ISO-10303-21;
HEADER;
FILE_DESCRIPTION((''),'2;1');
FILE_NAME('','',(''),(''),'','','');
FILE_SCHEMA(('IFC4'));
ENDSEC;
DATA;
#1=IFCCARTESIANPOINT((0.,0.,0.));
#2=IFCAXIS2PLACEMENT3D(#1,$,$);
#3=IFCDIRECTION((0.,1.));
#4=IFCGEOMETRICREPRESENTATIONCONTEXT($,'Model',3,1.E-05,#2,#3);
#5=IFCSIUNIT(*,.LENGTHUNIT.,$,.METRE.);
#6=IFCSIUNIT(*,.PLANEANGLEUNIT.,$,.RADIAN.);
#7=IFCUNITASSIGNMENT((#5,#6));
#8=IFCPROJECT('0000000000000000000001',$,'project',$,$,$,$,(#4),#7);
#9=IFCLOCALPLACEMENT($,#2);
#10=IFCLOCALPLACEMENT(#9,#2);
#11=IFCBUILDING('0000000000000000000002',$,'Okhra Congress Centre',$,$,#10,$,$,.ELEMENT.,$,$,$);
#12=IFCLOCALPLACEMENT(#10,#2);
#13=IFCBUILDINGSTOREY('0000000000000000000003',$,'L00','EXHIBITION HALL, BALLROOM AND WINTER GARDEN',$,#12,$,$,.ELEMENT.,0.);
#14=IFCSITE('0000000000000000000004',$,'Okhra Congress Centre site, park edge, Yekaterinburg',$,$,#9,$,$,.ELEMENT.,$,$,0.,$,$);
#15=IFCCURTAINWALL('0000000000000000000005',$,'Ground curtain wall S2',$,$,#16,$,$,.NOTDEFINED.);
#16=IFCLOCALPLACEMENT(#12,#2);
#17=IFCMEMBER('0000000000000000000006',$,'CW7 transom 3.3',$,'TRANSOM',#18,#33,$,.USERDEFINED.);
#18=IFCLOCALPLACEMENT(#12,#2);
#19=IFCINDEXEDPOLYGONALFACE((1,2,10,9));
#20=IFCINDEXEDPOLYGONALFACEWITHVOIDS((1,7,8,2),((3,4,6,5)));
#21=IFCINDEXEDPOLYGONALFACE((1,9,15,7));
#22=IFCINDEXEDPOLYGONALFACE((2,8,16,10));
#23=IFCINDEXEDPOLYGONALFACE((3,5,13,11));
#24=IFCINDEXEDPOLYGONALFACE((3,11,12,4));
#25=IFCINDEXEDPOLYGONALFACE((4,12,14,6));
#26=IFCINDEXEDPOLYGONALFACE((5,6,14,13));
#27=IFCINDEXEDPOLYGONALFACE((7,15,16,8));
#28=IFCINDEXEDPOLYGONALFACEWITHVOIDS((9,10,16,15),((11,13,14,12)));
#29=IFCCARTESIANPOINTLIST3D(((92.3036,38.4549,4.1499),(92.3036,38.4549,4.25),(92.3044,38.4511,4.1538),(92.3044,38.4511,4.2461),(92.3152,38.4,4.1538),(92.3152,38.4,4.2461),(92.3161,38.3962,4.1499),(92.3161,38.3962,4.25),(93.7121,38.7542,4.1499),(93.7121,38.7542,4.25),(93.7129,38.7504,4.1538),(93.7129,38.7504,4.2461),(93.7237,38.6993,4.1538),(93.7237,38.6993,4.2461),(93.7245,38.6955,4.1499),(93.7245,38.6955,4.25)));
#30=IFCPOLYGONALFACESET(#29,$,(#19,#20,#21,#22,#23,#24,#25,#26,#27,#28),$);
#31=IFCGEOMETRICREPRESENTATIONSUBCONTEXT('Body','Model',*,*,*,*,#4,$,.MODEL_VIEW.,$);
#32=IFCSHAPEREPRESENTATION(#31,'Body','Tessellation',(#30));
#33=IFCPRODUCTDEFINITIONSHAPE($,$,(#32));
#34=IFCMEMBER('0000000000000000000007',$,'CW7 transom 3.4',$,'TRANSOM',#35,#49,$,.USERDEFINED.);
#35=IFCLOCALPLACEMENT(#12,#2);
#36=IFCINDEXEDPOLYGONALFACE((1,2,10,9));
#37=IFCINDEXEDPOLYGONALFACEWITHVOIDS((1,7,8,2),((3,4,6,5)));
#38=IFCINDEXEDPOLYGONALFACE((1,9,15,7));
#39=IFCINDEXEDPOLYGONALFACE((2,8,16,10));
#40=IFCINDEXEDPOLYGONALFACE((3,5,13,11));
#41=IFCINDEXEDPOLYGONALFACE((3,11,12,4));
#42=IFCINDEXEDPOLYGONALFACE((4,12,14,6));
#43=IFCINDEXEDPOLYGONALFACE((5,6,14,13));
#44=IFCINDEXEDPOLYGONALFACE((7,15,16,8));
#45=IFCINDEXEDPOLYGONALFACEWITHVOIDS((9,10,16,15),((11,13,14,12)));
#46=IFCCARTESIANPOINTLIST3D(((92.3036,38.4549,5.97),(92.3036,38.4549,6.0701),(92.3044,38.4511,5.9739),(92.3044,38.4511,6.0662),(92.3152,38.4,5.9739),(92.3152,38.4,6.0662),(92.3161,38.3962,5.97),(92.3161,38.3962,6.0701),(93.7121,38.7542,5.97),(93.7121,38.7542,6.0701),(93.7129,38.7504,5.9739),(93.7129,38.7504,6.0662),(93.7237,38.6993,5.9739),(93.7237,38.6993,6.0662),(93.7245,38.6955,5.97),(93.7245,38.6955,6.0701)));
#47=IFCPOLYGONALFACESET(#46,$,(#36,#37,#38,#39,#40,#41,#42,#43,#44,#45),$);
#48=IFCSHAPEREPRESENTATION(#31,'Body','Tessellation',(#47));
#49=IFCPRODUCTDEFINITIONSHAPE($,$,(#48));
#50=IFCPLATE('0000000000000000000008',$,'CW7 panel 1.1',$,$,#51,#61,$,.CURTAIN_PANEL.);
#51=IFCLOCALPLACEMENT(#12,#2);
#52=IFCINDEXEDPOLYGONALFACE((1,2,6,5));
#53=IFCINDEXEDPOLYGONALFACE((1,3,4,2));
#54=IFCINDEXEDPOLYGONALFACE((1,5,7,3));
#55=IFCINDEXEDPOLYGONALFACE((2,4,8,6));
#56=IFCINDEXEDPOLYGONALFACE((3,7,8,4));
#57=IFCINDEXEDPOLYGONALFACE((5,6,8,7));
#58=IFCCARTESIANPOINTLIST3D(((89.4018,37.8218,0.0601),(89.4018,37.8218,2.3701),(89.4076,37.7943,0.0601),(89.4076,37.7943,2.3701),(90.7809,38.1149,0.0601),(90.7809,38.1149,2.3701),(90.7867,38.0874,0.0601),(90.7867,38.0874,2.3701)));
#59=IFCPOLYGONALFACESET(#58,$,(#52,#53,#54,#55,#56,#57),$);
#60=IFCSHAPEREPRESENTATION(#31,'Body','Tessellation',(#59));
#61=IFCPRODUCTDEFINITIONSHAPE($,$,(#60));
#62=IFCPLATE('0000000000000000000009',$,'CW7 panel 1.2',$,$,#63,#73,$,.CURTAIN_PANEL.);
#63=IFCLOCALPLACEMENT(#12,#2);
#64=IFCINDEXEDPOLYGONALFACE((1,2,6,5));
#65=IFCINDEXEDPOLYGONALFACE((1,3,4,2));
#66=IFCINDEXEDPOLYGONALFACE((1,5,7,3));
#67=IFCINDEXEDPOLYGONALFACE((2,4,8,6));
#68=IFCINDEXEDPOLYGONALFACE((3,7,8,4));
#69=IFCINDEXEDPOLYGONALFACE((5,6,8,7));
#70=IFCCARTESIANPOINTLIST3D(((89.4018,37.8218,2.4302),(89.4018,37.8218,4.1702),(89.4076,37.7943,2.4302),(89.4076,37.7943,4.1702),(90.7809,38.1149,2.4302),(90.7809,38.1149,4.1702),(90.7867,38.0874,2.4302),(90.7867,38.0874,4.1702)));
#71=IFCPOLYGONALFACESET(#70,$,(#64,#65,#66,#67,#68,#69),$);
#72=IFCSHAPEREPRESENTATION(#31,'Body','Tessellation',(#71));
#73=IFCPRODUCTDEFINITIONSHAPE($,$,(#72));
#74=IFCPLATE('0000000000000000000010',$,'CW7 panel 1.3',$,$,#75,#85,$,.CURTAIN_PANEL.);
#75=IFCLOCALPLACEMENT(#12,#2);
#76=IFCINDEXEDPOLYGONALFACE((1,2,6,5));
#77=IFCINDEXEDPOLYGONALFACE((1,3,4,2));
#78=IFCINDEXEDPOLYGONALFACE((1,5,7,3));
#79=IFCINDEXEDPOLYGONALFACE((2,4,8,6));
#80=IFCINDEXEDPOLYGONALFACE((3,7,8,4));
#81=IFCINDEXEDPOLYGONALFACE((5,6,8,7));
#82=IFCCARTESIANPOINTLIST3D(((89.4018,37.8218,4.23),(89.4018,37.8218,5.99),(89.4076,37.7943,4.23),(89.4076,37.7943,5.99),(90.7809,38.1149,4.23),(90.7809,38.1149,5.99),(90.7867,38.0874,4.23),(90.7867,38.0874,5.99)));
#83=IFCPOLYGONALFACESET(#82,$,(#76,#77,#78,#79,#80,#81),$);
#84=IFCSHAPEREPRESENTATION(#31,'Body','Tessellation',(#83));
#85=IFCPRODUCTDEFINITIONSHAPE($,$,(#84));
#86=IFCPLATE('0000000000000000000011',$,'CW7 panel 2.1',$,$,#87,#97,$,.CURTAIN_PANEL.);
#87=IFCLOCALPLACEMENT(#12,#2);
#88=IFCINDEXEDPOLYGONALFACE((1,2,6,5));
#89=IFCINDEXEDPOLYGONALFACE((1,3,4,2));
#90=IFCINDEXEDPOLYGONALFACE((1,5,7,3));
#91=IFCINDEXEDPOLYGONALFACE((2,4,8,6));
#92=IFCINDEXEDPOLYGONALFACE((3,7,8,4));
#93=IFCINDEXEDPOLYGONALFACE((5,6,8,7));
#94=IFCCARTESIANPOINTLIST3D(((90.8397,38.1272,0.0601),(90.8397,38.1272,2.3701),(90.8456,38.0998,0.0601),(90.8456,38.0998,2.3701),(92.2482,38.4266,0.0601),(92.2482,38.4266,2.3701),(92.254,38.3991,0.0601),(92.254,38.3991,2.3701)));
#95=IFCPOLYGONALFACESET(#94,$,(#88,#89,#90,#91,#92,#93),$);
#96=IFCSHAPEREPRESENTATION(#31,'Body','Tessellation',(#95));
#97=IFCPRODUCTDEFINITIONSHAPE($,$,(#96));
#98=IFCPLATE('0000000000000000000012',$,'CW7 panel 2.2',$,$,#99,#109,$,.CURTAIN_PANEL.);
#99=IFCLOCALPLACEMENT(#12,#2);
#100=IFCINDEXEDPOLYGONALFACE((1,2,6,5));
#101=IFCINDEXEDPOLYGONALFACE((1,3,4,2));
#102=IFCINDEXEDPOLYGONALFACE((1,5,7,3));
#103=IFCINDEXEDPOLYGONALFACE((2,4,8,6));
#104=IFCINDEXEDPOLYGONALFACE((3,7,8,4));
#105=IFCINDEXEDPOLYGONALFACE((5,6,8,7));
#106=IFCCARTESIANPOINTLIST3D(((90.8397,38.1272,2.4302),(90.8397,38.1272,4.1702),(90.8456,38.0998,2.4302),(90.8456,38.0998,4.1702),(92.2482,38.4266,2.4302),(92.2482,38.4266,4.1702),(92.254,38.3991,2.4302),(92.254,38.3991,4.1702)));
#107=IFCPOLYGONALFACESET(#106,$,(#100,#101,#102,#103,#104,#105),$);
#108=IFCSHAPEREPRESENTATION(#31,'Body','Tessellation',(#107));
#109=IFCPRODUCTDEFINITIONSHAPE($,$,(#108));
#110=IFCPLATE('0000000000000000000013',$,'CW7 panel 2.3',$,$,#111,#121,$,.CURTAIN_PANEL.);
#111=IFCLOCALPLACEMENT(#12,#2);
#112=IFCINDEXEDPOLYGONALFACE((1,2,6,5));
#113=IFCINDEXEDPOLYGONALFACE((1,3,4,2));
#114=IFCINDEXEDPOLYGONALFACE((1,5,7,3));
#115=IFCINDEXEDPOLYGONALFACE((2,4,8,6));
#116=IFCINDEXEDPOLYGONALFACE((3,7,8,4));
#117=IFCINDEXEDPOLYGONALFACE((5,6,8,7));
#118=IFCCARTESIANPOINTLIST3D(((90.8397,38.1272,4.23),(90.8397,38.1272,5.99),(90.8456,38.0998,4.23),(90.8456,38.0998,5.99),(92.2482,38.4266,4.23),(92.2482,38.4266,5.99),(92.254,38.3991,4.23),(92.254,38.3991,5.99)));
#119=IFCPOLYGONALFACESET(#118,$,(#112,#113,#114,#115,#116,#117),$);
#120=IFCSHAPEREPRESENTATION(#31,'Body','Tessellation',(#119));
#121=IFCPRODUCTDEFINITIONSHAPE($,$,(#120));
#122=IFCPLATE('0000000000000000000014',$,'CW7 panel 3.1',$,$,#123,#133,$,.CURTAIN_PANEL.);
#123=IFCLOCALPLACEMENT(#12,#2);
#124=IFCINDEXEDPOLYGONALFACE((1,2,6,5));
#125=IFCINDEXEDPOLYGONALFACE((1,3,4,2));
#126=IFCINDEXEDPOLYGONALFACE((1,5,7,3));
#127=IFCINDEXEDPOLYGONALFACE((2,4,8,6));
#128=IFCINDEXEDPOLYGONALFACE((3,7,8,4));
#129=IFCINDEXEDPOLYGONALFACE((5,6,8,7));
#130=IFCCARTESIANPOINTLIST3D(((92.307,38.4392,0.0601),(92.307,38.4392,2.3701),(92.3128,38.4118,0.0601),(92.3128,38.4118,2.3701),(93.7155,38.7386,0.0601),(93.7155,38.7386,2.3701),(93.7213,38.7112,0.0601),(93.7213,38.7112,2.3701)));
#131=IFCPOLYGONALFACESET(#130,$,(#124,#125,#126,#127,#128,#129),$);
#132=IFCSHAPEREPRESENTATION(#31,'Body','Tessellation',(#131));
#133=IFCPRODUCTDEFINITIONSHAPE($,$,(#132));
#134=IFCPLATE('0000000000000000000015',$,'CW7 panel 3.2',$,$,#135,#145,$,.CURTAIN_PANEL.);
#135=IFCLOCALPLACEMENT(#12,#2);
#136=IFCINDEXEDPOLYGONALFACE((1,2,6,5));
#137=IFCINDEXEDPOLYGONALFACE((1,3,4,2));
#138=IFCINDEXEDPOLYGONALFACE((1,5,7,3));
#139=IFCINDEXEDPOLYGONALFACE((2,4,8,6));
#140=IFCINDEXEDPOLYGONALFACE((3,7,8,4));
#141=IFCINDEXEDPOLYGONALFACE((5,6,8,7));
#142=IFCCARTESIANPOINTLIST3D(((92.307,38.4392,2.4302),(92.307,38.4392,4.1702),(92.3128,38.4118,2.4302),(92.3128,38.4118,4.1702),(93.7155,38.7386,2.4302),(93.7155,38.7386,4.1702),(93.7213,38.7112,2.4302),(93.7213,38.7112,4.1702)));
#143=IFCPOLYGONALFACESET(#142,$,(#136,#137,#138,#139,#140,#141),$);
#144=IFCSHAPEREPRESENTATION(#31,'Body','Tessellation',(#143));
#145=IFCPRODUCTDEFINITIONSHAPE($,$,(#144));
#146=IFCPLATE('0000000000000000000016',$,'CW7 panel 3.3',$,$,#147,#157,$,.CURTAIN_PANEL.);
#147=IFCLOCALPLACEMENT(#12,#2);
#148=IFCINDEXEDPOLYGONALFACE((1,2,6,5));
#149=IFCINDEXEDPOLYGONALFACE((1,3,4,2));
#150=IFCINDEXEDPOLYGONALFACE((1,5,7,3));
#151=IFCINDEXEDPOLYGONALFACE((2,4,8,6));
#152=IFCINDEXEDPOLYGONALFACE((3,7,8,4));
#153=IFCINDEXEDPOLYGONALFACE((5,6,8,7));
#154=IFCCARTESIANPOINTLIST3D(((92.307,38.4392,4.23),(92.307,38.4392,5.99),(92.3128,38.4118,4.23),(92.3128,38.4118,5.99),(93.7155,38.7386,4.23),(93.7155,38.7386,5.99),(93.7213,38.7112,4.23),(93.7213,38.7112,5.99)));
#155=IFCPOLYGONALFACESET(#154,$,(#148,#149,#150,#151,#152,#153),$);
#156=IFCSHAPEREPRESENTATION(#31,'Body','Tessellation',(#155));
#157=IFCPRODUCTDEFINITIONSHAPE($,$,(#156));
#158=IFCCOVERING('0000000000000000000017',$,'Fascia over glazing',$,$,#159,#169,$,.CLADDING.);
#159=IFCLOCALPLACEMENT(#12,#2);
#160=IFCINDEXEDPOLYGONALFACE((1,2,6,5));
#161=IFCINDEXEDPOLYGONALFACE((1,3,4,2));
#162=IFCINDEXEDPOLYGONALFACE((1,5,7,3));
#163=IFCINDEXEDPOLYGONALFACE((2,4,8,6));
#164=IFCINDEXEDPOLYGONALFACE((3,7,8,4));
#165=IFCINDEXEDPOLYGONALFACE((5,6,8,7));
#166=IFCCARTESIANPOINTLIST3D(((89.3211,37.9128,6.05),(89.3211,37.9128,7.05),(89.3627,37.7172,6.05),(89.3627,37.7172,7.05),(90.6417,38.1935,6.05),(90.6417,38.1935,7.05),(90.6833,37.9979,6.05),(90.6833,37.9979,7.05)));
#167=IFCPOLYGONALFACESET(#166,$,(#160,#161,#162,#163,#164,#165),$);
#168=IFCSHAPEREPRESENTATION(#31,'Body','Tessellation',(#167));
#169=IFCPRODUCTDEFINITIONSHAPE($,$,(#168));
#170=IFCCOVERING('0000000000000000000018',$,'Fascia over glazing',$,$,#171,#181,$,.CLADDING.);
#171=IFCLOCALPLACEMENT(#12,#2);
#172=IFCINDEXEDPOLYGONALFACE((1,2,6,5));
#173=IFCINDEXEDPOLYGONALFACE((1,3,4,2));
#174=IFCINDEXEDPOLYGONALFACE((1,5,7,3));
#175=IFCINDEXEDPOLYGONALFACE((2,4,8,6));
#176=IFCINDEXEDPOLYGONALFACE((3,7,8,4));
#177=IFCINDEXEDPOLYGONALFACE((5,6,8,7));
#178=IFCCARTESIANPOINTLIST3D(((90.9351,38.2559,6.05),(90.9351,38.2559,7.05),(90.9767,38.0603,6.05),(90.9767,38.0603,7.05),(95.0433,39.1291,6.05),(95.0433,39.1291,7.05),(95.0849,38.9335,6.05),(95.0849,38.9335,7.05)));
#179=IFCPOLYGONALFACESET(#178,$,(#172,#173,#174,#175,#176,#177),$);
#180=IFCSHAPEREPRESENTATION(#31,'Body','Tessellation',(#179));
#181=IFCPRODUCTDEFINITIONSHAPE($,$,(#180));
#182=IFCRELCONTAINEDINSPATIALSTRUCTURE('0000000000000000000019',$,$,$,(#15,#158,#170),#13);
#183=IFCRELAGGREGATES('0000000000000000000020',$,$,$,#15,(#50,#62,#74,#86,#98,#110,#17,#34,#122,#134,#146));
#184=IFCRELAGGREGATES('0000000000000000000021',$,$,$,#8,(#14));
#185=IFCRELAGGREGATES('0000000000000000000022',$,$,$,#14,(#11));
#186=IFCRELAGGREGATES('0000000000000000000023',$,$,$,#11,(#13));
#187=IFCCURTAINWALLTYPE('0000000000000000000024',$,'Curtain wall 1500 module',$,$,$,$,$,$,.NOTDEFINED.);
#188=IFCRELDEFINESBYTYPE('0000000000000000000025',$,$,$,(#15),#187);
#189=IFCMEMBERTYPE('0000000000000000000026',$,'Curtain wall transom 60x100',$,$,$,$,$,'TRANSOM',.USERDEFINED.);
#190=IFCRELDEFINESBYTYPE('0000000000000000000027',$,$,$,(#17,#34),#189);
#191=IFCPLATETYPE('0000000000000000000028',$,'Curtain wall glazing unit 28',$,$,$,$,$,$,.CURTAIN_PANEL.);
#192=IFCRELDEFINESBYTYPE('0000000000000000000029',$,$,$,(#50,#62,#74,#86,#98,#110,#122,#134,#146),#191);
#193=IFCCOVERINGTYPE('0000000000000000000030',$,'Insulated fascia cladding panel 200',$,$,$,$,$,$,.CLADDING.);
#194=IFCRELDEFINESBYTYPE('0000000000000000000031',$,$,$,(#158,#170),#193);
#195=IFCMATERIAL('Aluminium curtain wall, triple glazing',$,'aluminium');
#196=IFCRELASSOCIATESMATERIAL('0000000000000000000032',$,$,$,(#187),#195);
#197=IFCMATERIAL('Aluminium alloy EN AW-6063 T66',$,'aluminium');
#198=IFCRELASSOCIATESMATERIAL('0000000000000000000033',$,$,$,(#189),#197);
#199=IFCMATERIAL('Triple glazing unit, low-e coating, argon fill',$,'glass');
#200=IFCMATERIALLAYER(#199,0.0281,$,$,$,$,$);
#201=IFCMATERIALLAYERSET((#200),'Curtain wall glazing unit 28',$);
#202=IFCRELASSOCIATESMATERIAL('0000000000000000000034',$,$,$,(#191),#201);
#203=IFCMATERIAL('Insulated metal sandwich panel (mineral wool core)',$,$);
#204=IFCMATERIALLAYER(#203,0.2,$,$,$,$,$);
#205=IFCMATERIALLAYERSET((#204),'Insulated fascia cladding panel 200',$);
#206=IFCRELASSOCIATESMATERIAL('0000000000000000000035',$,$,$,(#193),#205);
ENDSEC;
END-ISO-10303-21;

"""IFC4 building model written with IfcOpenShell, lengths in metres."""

from ifc_helpers import new_model, si_unit, direction, frame, origin, origin_2d, place, context, subcontext, project, spatial, rectangle, hollow_rectangle, extrude, material, layer, layer_set, material_profile, profile_set, type_object, element, aggregate, save


model = new_model("IFC4")

# Units and contexts
model_context = context("Model", 3, precision=1e-05, world=origin(), true_north=direction((0.0, 1.0)))
body_context = subcontext(model_context, "Body", "Model", "MODEL_VIEW")
ifc_project = project(units=[si_unit("LENGTHUNIT", "METRE"), si_unit("PLANEANGLEUNIT", "RADIAN")], contexts=[model_context])

# Site, building, storey
site_placement = place(None, origin())
site = spatial("IfcSite", under=ifc_project, at=site_placement, Name="Okhra Congress Centre site, park edge, Yekaterinburg", CompositionType="ELEMENT", RefElevation=0.0)
building_placement = place(site_placement, origin())
building = spatial("IfcBuilding", under=site, at=building_placement, Name="Okhra Congress Centre", CompositionType="ELEMENT")
storey_placement = place(building_placement, origin())
storey = spatial("IfcBuildingStorey", under=building, at=storey_placement, Name="L00", Description="EXHIBITION HALL, BALLROOM AND WINTER GARDEN", CompositionType="ELEMENT", Elevation=0.0)

# Curtain wall, members, plates
ifc_material_1 = material(Name="Aluminium curtain wall, triple glazing", Category="aluminium")
curtain_wall_type = type_object("IfcCurtainWallType", Name="Curtain wall 1500 module", PredefinedType="NOTDEFINED", material=ifc_material_1)
curtain_wall_placement = place(storey_placement, origin())
curtain_wall = element("IfcCurtainWall", 1, at=curtain_wall_placement, inside=storey, type_object=curtain_wall_type, Name="Ground curtain wall S2", PredefinedType="NOTDEFINED")
ifc_material_2 = material(Name="Aluminium alloy EN AW-6063 T66", Category="aluminium")
ifc_material_profile_1 = material_profile(ifc_material_2, hollow_rectangle(XDim=0.0601, YDim=0.1001, WallThickness=0.0039, at=origin_2d()), Name="RHS 60x100x4")
ifc_profile_set_1 = profile_set([ifc_material_profile_1], Name="Aluminium alloy EN AW-6063 T66")
member_type_1 = type_object("IfcMemberType", Name="Curtain wall transom 60x100", ElementType="TRANSOM", PredefinedType="USERDEFINED", material=ifc_profile_set_1)
member_1_placement = place(storey_placement, frame((92.3098, 38.4255, 4.2), z_axis=(0.978156, 0.207873, 0.0), x_axis=(-0.207873, 0.978156, 0.0)))
member_1 = element("IfcMember", 2, at=member_1_placement, type_object=member_type_1, Name="CW7 transom 3.3", ObjectType="TRANSOM", PredefinedType="USERDEFINED", context=body_context, shape_type="SweptSolid", body=[
    extrude(hollow_rectangle(XDim=0.0601, YDim=0.1001, WallThickness=0.0039, at=origin_2d()), origin(), (0.0, 0.0, 1.0), 1.4399),
])
member_2_placement = place(storey_placement, frame((92.3098, 38.4255, 6.02), z_axis=(0.978156, 0.207873, 0.0), x_axis=(-0.207873, 0.978156, 0.0)))
member_2 = element("IfcMember", 3, at=member_2_placement, type_object=member_type_1, Name="CW7 transom 3.4", ObjectType="TRANSOM", PredefinedType="USERDEFINED", context=body_context, shape_type="SweptSolid", body=[
    extrude(hollow_rectangle(XDim=0.0601, YDim=0.1001, WallThickness=0.0039, at=origin_2d()), origin(), (0.0, 0.0, 1.0), 1.4399),
])
ifc_material_3 = material(Name="Triple glazing unit, low-e coating, argon fill", Category="glass")
ifc_layer_1 = layer(ifc_material_3, 0.0281)
ifc_layer_set_1 = layer_set([ifc_layer_1], Name="Curtain wall glazing unit 28")
plate_type = type_object("IfcPlateType", Name="Curtain wall glazing unit 28", PredefinedType="CURTAIN_PANEL", material=ifc_layer_set_1)
plate_1_placement = place(storey_placement, frame((90.0942, 37.9546, 0.0601), z_axis=(0.0, 0.0, 1.0), x_axis=(0.978148, 0.207912, 0.0)))
plate_1 = element("IfcPlate", 4, at=plate_1_placement, type_object=plate_type, Name="CW7 panel 1.1", PredefinedType="CURTAIN_PANEL", context=body_context, shape_type="SweptSolid", body=[
    extrude(rectangle(XDim=1.4099, YDim=0.0281, at=origin_2d()), origin(), (0.0, 0.0, 1.0), 2.3101),
])
plate_2_placement = place(storey_placement, frame((90.0942, 37.9546, 2.4302), z_axis=(0.0, 0.0, 1.0), x_axis=(0.978148, 0.207912, 0.0)))
plate_2 = element("IfcPlate", 5, at=plate_2_placement, type_object=plate_type, Name="CW7 panel 1.2", PredefinedType="CURTAIN_PANEL", context=body_context, shape_type="SweptSolid", body=[
    extrude(rectangle(XDim=1.4099, YDim=0.0281, at=origin_2d()), origin(), (0.0, 0.0, 1.0), 1.74),
])
plate_3_placement = place(storey_placement, frame((90.0942, 37.9546, 4.23), z_axis=(0.0, 0.0, 1.0), x_axis=(0.978148, 0.207912, 0.0)))
plate_3 = element("IfcPlate", 6, at=plate_3_placement, type_object=plate_type, Name="CW7 panel 1.3", PredefinedType="CURTAIN_PANEL", context=body_context, shape_type="SweptSolid", body=[
    extrude(rectangle(XDim=1.4099, YDim=0.0281, at=origin_2d()), origin(), (0.0, 0.0, 1.0), 1.76),
])
plate_4_placement = place(storey_placement, frame((91.5469, 38.2632, 0.0601), z_axis=(0.0, 0.0, 1.0), x_axis=(0.978148, 0.207912, 0.0)))
plate_4 = element("IfcPlate", 7, at=plate_4_placement, type_object=plate_type, Name="CW7 panel 2.1", PredefinedType="CURTAIN_PANEL", context=body_context, shape_type="SweptSolid", body=[
    extrude(rectangle(XDim=1.4399, YDim=0.0281, at=origin_2d()), origin(), (0.0, 0.0, 1.0), 2.3101),
])
plate_5_placement = place(storey_placement, frame((91.5469, 38.2632, 2.4302), z_axis=(0.0, 0.0, 1.0), x_axis=(0.978148, 0.207912, 0.0)))
plate_5 = element("IfcPlate", 8, at=plate_5_placement, type_object=plate_type, Name="CW7 panel 2.2", PredefinedType="CURTAIN_PANEL", context=body_context, shape_type="SweptSolid", body=[
    extrude(rectangle(XDim=1.4399, YDim=0.0281, at=origin_2d()), origin(), (0.0, 0.0, 1.0), 1.74),
])
plate_6_placement = place(storey_placement, frame((91.5469, 38.2632, 4.23), z_axis=(0.0, 0.0, 1.0), x_axis=(0.978148, 0.207912, 0.0)))
plate_6 = element("IfcPlate", 9, at=plate_6_placement, type_object=plate_type, Name="CW7 panel 2.3", PredefinedType="CURTAIN_PANEL", context=body_context, shape_type="SweptSolid", body=[
    extrude(rectangle(XDim=1.4399, YDim=0.0281, at=origin_2d()), origin(), (0.0, 0.0, 1.0), 1.76),
])
plate_7_placement = place(storey_placement, frame((93.0142, 38.5752, 0.0601), z_axis=(0.0, 0.0, 1.0), x_axis=(0.978148, 0.207912, 0.0)))
plate_7 = element("IfcPlate", 10, at=plate_7_placement, type_object=plate_type, Name="CW7 panel 3.1", PredefinedType="CURTAIN_PANEL", context=body_context, shape_type="SweptSolid", body=[
    extrude(rectangle(XDim=1.4399, YDim=0.0281, at=origin_2d()), origin(), (0.0, 0.0, 1.0), 2.3101),
])
plate_8_placement = place(storey_placement, frame((93.0142, 38.5752, 2.4302), z_axis=(0.0, 0.0, 1.0), x_axis=(0.978148, 0.207912, 0.0)))
plate_8 = element("IfcPlate", 11, at=plate_8_placement, type_object=plate_type, Name="CW7 panel 3.2", PredefinedType="CURTAIN_PANEL", context=body_context, shape_type="SweptSolid", body=[
    extrude(rectangle(XDim=1.4399, YDim=0.0281, at=origin_2d()), origin(), (0.0, 0.0, 1.0), 1.74),
])
plate_9_placement = place(storey_placement, frame((93.0142, 38.5752, 4.23), z_axis=(0.0, 0.0, 1.0), x_axis=(0.978148, 0.207912, 0.0)))
plate_9 = element("IfcPlate", 12, at=plate_9_placement, type_object=plate_type, Name="CW7 panel 3.3", PredefinedType="CURTAIN_PANEL", context=body_context, shape_type="SweptSolid", body=[
    extrude(rectangle(XDim=1.4399, YDim=0.0281, at=origin_2d()), origin(), (0.0, 0.0, 1.0), 1.76),
])
aggregate(curtain_wall, [plate_1, plate_2, plate_3, plate_4, plate_5, plate_6, member_1, member_2, plate_7, plate_8, plate_9])

# Coverings
ifc_material_4 = material(Name="Insulated metal sandwich panel (mineral wool core)")
ifc_layer_2 = layer(ifc_material_4, 0.2)
ifc_layer_set_2 = layer_set([ifc_layer_2], Name="Insulated fascia cladding panel 200")
covering_type = type_object("IfcCoveringType", Name="Insulated fascia cladding panel 200", PredefinedType="CLADDING", material=ifc_layer_set_2)
covering_1_placement = place(storey_placement, frame((90.0022, 37.9553, 6.05), z_axis=(0.0, 0.0, 1.0), x_axis=(0.978148, 0.207912, 0.0)))
element("IfcCovering", 13, at=covering_1_placement, inside=storey, type_object=covering_type, Name="Fascia over glazing", PredefinedType="CLADDING", context=body_context, shape_type="SweptSolid", body=[
    extrude(rectangle(XDim=1.3501, YDim=0.2, at=origin_2d()), origin(), (0.0, 0.0, 1.0), 1.0),
])
covering_2_placement = place(storey_placement, frame((93.01, 38.5947, 6.05), z_axis=(0.0, 0.0, 1.0), x_axis=(0.978148, 0.207912, 0.0)))
element("IfcCovering", 14, at=covering_2_placement, inside=storey, type_object=covering_type, Name="Fascia over glazing", PredefinedType="CLADDING", context=body_context, shape_type="SweptSolid", body=[
    extrude(rectangle(XDim=4.2, YDim=0.2, at=origin_2d()), origin(), (0.0, 0.0, 1.0), 1.0),
])

save(model, "model.ifc")
